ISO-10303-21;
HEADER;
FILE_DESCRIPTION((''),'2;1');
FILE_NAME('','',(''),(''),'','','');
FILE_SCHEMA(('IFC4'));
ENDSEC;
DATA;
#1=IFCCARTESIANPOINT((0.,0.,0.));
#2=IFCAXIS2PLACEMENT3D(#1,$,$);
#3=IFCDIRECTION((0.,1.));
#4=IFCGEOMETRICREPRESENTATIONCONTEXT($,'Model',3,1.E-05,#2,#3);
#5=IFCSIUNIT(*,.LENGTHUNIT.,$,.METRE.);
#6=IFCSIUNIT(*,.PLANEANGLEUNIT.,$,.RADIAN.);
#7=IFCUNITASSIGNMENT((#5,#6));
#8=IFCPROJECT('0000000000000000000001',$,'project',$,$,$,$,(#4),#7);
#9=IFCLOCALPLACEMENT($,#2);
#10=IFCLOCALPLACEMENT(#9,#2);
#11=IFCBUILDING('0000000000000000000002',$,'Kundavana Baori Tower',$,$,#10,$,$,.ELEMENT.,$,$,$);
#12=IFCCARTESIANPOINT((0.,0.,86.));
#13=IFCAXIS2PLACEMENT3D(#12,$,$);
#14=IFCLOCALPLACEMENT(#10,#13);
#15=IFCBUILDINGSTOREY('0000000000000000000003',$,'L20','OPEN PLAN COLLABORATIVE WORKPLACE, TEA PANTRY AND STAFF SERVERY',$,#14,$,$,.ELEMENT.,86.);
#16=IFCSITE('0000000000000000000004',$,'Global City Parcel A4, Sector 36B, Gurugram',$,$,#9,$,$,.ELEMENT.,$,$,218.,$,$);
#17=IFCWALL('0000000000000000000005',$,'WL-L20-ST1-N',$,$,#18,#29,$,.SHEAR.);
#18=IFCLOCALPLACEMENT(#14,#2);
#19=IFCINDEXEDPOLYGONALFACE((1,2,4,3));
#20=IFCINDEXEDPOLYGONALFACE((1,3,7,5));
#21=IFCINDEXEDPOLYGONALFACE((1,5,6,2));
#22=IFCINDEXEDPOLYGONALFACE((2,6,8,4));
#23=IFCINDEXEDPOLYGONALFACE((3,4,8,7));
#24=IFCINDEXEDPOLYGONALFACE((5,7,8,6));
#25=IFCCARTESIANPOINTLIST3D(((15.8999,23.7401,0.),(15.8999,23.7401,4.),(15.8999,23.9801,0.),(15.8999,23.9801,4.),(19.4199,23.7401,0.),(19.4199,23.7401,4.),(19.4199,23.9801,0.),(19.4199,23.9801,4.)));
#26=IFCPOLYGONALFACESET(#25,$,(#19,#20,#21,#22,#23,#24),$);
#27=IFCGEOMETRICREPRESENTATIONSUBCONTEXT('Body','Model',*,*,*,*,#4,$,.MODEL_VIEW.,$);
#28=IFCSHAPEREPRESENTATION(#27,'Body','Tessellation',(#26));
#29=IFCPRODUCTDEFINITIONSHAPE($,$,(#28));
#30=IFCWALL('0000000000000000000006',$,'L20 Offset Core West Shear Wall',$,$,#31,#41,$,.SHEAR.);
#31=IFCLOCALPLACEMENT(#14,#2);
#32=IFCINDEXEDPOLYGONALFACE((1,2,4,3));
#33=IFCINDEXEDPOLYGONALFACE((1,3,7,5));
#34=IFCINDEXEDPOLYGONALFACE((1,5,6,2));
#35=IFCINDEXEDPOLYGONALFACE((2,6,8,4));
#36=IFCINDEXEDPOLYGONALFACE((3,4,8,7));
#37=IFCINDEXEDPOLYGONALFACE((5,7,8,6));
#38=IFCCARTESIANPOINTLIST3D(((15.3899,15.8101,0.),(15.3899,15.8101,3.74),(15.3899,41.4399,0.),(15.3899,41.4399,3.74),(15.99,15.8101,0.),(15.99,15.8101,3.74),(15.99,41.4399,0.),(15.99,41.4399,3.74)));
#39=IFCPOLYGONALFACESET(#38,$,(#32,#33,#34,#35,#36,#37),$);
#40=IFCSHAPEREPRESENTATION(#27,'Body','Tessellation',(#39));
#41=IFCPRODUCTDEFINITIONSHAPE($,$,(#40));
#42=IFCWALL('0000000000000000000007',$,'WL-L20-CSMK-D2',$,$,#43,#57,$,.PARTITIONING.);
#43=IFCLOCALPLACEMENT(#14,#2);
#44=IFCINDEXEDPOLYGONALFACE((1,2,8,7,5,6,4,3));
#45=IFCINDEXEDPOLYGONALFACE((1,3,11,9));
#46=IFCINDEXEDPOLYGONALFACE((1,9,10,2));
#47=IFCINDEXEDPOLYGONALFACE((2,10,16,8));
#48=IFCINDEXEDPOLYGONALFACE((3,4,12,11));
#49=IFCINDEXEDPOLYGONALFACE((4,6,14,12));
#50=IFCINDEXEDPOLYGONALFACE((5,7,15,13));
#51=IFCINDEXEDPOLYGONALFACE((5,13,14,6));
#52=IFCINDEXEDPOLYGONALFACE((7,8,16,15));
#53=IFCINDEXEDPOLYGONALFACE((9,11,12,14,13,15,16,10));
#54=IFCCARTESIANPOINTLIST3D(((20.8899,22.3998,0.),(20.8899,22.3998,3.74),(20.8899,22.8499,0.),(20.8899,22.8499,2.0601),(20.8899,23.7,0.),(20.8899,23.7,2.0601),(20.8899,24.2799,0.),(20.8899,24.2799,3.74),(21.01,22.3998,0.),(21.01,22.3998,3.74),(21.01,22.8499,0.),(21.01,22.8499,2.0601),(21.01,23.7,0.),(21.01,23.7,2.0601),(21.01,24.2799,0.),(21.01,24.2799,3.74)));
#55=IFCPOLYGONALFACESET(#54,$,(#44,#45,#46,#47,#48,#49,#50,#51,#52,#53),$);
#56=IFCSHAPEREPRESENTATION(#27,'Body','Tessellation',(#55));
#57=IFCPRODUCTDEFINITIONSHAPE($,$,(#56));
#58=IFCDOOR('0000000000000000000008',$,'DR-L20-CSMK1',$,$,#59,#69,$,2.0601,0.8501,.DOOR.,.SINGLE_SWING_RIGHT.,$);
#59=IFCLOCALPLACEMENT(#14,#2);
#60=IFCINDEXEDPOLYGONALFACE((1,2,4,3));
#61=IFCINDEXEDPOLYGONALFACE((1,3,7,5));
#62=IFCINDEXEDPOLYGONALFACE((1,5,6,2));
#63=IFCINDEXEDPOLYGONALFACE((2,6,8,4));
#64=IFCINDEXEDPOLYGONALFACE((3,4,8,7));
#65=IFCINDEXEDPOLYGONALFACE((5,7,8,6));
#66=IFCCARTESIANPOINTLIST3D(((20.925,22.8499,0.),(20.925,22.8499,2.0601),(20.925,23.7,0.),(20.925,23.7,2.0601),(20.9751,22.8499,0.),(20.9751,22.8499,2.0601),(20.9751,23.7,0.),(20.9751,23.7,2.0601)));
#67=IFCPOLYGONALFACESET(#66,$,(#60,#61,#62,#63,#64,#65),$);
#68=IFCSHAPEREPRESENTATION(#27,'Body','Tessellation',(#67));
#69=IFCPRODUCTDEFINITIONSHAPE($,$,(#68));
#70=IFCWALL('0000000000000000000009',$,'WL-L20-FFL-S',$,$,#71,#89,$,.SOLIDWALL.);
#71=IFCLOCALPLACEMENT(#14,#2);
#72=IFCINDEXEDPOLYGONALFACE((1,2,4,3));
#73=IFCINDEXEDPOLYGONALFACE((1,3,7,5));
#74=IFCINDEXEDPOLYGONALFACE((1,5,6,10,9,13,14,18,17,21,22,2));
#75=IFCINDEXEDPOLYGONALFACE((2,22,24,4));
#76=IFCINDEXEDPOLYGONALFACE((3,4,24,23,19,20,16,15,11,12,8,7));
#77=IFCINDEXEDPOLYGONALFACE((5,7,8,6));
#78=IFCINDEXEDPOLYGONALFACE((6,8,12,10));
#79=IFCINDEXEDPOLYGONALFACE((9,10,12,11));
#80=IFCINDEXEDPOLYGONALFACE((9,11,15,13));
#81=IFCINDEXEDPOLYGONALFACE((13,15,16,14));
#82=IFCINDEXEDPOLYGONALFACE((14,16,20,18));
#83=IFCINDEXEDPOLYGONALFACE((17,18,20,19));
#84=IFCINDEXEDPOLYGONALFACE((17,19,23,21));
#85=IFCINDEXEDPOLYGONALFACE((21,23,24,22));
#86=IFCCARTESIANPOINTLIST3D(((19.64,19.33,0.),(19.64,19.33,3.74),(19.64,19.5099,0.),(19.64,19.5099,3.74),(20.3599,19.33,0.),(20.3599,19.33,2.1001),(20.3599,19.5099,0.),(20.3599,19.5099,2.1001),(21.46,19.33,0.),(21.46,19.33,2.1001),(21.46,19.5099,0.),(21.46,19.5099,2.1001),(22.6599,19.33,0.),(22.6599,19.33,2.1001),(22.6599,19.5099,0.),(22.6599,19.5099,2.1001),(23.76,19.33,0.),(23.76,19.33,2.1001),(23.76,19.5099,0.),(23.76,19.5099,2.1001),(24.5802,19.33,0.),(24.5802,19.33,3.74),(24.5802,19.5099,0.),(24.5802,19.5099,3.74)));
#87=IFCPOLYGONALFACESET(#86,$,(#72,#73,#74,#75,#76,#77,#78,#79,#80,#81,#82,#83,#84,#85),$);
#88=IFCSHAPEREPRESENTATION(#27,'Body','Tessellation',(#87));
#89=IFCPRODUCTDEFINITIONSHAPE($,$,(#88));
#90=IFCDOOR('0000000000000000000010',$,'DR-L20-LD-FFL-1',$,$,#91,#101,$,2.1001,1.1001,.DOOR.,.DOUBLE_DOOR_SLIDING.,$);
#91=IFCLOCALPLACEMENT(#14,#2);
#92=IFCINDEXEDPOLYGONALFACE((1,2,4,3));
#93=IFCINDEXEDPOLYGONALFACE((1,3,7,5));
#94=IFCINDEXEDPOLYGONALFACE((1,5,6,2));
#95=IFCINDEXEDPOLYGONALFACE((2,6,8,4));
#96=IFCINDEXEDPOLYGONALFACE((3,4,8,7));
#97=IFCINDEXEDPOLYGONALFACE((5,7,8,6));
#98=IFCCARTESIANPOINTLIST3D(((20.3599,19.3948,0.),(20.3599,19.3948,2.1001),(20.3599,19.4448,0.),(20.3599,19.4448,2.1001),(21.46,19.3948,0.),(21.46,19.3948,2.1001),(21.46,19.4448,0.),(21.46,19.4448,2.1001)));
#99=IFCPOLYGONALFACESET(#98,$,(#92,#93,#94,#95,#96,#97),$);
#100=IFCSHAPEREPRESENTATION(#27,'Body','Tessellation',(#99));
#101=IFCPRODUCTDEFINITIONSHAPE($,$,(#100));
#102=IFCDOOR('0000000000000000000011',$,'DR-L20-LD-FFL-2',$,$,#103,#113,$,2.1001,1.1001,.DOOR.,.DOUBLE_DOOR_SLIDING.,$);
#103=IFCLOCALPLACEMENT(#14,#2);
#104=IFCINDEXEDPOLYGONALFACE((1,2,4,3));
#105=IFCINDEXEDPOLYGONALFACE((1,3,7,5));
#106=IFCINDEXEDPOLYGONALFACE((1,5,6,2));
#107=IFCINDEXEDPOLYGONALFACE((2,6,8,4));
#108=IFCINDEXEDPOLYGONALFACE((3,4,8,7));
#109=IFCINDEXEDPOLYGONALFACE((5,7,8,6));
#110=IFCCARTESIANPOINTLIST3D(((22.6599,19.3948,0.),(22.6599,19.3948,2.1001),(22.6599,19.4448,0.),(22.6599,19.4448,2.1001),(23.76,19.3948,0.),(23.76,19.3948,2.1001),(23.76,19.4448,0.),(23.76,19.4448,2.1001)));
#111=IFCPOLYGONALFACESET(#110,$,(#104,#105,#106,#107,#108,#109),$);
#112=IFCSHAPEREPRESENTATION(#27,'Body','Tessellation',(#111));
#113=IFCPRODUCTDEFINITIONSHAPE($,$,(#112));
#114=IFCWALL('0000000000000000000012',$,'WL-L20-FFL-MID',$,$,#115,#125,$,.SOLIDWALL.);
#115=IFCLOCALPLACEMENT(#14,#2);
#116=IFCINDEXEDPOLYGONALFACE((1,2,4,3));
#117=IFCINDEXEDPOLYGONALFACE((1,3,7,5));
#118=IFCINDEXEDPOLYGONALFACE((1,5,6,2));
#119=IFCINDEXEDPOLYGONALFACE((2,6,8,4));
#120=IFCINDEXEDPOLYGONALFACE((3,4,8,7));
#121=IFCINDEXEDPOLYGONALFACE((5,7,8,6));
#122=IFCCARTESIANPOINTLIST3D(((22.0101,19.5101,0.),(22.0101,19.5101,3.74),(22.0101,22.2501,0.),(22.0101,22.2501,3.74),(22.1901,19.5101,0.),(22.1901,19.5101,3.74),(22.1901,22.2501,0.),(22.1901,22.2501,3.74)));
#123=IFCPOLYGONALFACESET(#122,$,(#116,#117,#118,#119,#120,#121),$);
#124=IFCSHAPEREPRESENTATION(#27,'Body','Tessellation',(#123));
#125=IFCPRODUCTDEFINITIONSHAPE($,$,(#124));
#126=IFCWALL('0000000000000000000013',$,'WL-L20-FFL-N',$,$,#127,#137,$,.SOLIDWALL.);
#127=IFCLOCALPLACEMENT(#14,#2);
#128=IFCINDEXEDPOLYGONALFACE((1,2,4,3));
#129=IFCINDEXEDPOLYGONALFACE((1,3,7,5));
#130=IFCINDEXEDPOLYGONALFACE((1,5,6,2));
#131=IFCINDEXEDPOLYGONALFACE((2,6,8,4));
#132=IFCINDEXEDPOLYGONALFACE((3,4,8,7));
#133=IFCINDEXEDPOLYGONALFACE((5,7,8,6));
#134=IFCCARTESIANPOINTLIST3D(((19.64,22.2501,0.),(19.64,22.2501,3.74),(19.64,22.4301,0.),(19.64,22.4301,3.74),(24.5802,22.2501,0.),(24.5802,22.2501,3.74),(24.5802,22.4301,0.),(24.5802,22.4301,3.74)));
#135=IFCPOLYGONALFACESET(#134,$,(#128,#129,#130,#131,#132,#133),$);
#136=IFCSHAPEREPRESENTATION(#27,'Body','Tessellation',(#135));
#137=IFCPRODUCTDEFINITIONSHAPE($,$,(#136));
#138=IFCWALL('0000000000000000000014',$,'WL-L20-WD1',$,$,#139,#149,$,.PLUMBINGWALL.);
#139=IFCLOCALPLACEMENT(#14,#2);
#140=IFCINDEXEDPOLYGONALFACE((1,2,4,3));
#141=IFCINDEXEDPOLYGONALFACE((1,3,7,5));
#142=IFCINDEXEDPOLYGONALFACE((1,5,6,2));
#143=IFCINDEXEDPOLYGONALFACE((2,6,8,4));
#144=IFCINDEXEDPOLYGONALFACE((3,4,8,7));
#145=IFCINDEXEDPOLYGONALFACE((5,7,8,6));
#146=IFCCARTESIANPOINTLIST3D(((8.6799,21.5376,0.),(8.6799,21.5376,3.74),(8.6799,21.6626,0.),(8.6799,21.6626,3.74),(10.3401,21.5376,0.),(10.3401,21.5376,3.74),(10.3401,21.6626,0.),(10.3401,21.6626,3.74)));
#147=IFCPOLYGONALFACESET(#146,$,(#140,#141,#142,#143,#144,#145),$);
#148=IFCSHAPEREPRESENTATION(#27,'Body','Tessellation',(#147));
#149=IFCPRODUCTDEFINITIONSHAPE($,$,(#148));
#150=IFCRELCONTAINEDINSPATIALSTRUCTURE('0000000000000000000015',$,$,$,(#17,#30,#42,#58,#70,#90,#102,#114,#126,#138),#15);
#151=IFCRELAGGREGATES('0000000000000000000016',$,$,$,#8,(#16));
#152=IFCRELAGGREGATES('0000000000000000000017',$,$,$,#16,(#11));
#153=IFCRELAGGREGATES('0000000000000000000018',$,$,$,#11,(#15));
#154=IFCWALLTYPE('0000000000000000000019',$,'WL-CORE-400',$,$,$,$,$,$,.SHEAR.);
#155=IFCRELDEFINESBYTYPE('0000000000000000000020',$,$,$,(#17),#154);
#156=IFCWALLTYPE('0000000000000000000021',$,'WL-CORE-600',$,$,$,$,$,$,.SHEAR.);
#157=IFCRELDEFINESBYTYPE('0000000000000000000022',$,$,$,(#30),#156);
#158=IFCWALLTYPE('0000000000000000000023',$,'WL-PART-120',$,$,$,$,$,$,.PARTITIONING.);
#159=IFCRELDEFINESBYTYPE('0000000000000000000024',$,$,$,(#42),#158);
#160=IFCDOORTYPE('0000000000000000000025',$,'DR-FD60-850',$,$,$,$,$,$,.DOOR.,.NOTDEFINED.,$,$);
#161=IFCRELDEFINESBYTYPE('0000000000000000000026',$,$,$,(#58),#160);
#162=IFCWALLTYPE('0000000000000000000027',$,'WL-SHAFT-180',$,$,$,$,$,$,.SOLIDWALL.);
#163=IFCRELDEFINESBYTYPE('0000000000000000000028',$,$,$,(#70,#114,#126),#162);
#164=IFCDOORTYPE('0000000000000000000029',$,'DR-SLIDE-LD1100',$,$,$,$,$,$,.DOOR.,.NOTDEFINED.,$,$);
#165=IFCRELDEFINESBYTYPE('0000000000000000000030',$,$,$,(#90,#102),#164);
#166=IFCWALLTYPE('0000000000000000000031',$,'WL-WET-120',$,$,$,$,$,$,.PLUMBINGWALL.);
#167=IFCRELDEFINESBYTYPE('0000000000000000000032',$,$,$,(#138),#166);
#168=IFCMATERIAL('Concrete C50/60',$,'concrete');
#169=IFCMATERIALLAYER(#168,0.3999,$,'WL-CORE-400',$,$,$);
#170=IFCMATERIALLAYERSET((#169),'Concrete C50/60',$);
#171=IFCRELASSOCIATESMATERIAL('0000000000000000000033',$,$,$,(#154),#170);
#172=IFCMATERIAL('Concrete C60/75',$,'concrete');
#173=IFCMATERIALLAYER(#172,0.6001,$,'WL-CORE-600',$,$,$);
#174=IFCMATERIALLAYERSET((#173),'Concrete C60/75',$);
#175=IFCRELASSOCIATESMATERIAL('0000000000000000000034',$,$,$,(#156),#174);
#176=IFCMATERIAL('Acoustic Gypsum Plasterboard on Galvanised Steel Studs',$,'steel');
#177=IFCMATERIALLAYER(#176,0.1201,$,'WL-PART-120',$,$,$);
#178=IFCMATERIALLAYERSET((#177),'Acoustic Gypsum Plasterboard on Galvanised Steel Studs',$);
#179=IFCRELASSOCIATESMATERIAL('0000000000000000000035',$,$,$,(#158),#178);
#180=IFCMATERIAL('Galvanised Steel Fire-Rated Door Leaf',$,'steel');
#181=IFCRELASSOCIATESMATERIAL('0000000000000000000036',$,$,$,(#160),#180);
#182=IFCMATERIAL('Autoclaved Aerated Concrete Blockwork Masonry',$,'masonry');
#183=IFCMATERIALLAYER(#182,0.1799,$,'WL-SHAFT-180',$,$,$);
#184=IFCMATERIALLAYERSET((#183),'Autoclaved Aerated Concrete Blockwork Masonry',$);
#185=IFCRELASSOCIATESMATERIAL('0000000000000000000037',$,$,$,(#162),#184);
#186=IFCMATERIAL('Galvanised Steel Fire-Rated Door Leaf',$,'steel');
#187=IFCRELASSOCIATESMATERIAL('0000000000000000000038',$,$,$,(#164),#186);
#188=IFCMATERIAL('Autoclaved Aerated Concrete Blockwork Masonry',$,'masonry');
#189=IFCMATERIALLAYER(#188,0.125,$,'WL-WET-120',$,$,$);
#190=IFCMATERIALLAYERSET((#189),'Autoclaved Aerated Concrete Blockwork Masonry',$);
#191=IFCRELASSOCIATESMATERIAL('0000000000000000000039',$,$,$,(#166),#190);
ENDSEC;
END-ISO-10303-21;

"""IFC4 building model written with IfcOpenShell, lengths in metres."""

from ifc_helpers import new_model, si_unit, direction, frame, frame_2d, origin, place, context, subcontext, project, spatial, rectangle, extrude, material, layer, layer_set, type_object, element, fill, save


model = new_model("IFC4")

# Units and contexts
model_context = context("Model", 3, precision=1e-05, world=origin(), true_north=direction((0.0, 1.0)))
body_context = subcontext(model_context, "Body", "Model", "MODEL_VIEW")
ifc_project = project(units=[si_unit("LENGTHUNIT", "METRE"), si_unit("PLANEANGLEUNIT", "RADIAN")], contexts=[model_context])

# Site, building, storey
site_placement = place(None, origin())
site = spatial("IfcSite", under=ifc_project, at=site_placement, Name="Global City Parcel A4, Sector 36B, Gurugram", CompositionType="ELEMENT", RefElevation=218.0)
building_placement = place(site_placement, origin())
building = spatial("IfcBuilding", under=site, at=building_placement, Name="Kundavana Baori Tower", CompositionType="ELEMENT")
storey_placement = place(building_placement, frame((0.0, 0.0, 86.0)))
storey = spatial("IfcBuildingStorey", under=building, at=storey_placement, Name="L20", Description="OPEN PLAN COLLABORATIVE WORKPLACE, TEA PANTRY AND STAFF SERVERY", CompositionType="ELEMENT", Elevation=86.0)

# Walls
ifc_material_1 = material(Name="Concrete C50/60", Category="concrete")
ifc_layer_1 = layer(ifc_material_1, 0.3999, Name="WL-CORE-400")
ifc_layer_set_1 = layer_set([ifc_layer_1], Name="Concrete C50/60")
wall_type_1 = type_object("IfcWallType", Name="WL-CORE-400", PredefinedType="SHEAR", material=ifc_layer_set_1)
wall_1_placement = place(storey_placement, frame((15.8999, 23.8601, 0.0), z_axis=(0.0, 0.0, 1.0), x_axis=(1.0, 0.0, 0.0)))
element("IfcWall", 1, at=wall_1_placement, inside=storey, type_object=wall_type_1, Name="WL-L20-ST1-N", PredefinedType="SHEAR", context=body_context, shape_type="SweptSolid", body=[
    extrude(rectangle(XDim=3.52, YDim=0.24, at=frame_2d((1.76, 0.0))), origin(), (0.0, 0.0, 1.0), 4.0),
])
ifc_material_2 = material(Name="Concrete C60/75", Category="concrete")
ifc_layer_2 = layer(ifc_material_2, 0.6001, Name="WL-CORE-600")
ifc_layer_set_2 = layer_set([ifc_layer_2], Name="Concrete C60/75")
wall_type_2 = type_object("IfcWallType", Name="WL-CORE-600", PredefinedType="SHEAR", material=ifc_layer_set_2)
wall_2_placement = place(storey_placement, frame((15.6899, 15.8101, 0.0), z_axis=(0.0, 0.0, 1.0), x_axis=(0.0, 1.0, 0.0)))
element("IfcWall", 2, at=wall_2_placement, inside=storey, type_object=wall_type_2, Name="L20 Offset Core West Shear Wall", PredefinedType="SHEAR", context=body_context, shape_type="SweptSolid", body=[
    extrude(rectangle(XDim=25.6299, YDim=0.6001, at=frame_2d((12.8149, 0.0))), origin(), (0.0, 0.0, 1.0), 3.74),
])

# Wall, opening, door
ifc_material_3 = material(Name="Acoustic Gypsum Plasterboard on Galvanised Steel Studs", Category="steel")
ifc_layer_3 = layer(ifc_material_3, 0.1201, Name="WL-PART-120")
ifc_layer_set_3 = layer_set([ifc_layer_3], Name="Acoustic Gypsum Plasterboard on Galvanised Steel Studs")
wall_type_3 = type_object("IfcWallType", Name="WL-PART-120", PredefinedType="PARTITIONING", material=ifc_layer_set_3)
wall_3_placement = place(storey_placement, frame((20.95, 22.3999, 0.0), z_axis=(0.0, 0.0, 1.0), x_axis=(0.0, 1.0, 0.0)))
wall_3 = element("IfcWall", 3, at=wall_3_placement, inside=storey, type_object=wall_type_3, Name="WL-L20-CSMK-D2", PredefinedType="PARTITIONING", context=body_context, shape_type="SweptSolid", body=[
    extrude(rectangle(XDim=1.8801, YDim=0.1201, at=frame_2d((0.9399, 0.0))), origin(), (0.0, 0.0, 1.0), 3.74),
])
opening_1_placement = place(wall_3_placement, frame((0.45, 0.0, 0.0)))
opening_1 = element("IfcOpeningElement", 4, at=opening_1_placement, cuts=wall_3, PredefinedType="OPENING", context=body_context, shape_type="SweptSolid", body=[
    extrude(rectangle(XDim=0.8501, YDim=2.0601, at=frame_2d((0.425, 1.03))), frame((0.0, 0.0701, 0.0), z_axis=(0.0, -1.0, 0.0), x_axis=(1.0, 0.0, 0.0)), (0.0, 0.0, 1.0), 0.1401),
])
ifc_material_4 = material(Name="Galvanised Steel Fire-Rated Door Leaf", Category="steel")
door_type_1 = type_object("IfcDoorType", Name="DR-FD60-850", OperationType="NOTDEFINED", PredefinedType="DOOR", material=ifc_material_4)
door_1_placement = place(opening_1_placement, origin())
door_1 = element("IfcDoor", 5, at=door_1_placement, inside=storey, type_object=door_type_1, Name="DR-L20-CSMK1", OperationType="SINGLE_SWING_RIGHT", OverallHeight=2.0601, OverallWidth=0.8501, PredefinedType="DOOR", context=body_context, shape_type="SweptSolid", body=[
    extrude(rectangle(XDim=0.8501, YDim=2.0601, at=frame_2d((0.425, 1.03))), frame((0.0, 0.0249, 0.0), z_axis=(0.0, -1.0, 0.0), x_axis=(1.0, 0.0, 0.0)), (0.0, 0.0, 1.0), 0.05),
])
fill(opening_1, door_1)

# Wall, openings, doors
ifc_material_5 = material(Name="Autoclaved Aerated Concrete Blockwork Masonry", Category="masonry")
ifc_layer_4 = layer(ifc_material_5, 0.1799, Name="WL-SHAFT-180")
ifc_layer_set_4 = layer_set([ifc_layer_4], Name="Autoclaved Aerated Concrete Blockwork Masonry")
wall_type_4 = type_object("IfcWallType", Name="WL-SHAFT-180", PredefinedType="SOLIDWALL", material=ifc_layer_set_4)
wall_4_placement = place(storey_placement, frame((19.6399, 19.4199, 0.0), z_axis=(0.0, 0.0, 1.0), x_axis=(1.0, 0.0, 0.0)))
wall_4 = element("IfcWall", 6, at=wall_4_placement, inside=storey, type_object=wall_type_4, Name="WL-L20-FFL-S", PredefinedType="SOLIDWALL", context=body_context, shape_type="SweptSolid", body=[
    extrude(rectangle(XDim=4.9402, YDim=0.1799, at=frame_2d((2.4702, 0.0))), origin(), (0.0, 0.0, 1.0), 3.74),
])
opening_2_placement = place(wall_4_placement, frame((0.72, 0.0, 0.0)))
opening_2 = element("IfcOpeningElement", 7, at=opening_2_placement, cuts=wall_4, PredefinedType="OPENING", context=body_context, shape_type="SweptSolid", body=[
    extrude(rectangle(XDim=1.1001, YDim=2.1001, at=frame_2d((0.55, 1.05))), frame((0.0, 0.1001, 0.0), z_axis=(0.0, -1.0, 0.0), x_axis=(1.0, 0.0, 0.0)), (0.0, 0.0, 1.0), 0.2),
])
opening_3_placement = place(wall_4_placement, frame((3.02, 0.0, 0.0)))
opening_3 = element("IfcOpeningElement", 8, at=opening_3_placement, cuts=wall_4, PredefinedType="OPENING", context=body_context, shape_type="SweptSolid", body=[
    extrude(rectangle(XDim=1.1001, YDim=2.1001, at=frame_2d((0.55, 1.05))), frame((0.0, 0.1001, 0.0), z_axis=(0.0, -1.0, 0.0), x_axis=(1.0, 0.0, 0.0)), (0.0, 0.0, 1.0), 0.2),
])
ifc_material_6 = material(Name="Galvanised Steel Fire-Rated Door Leaf", Category="steel")
door_type_2 = type_object("IfcDoorType", Name="DR-SLIDE-LD1100", OperationType="NOTDEFINED", PredefinedType="DOOR", material=ifc_material_6)
door_2_placement = place(opening_2_placement, origin())
door_2 = element("IfcDoor", 9, at=door_2_placement, inside=storey, type_object=door_type_2, Name="DR-L20-LD-FFL-1", OperationType="DOUBLE_DOOR_SLIDING", OverallHeight=2.1001, OverallWidth=1.1001, PredefinedType="DOOR", context=body_context, shape_type="SweptSolid", body=[
    extrude(rectangle(XDim=1.1001, YDim=2.1001, at=frame_2d((0.55, 1.05))), frame((0.0, 0.0249, 0.0), z_axis=(0.0, -1.0, 0.0), x_axis=(1.0, 0.0, 0.0)), (0.0, 0.0, 1.0), 0.05),
])
fill(opening_2, door_2)
door_3_placement = place(opening_3_placement, origin())
door_3 = element("IfcDoor", 10, at=door_3_placement, inside=storey, type_object=door_type_2, Name="DR-L20-LD-FFL-2", OperationType="DOUBLE_DOOR_SLIDING", OverallHeight=2.1001, OverallWidth=1.1001, PredefinedType="DOOR", context=body_context, shape_type="SweptSolid", body=[
    extrude(rectangle(XDim=1.1001, YDim=2.1001, at=frame_2d((0.55, 1.05))), frame((0.0, 0.0249, 0.0), z_axis=(0.0, -1.0, 0.0), x_axis=(1.0, 0.0, 0.0)), (0.0, 0.0, 1.0), 0.05),
])
fill(opening_3, door_3)

# Walls
wall_5_placement = place(storey_placement, frame((22.1001, 19.51, 0.0), z_axis=(0.0, 0.0, 1.0), x_axis=(0.0, 1.0, 0.0)))
element("IfcWall", 11, at=wall_5_placement, inside=storey, type_object=wall_type_4, Name="WL-L20-FFL-MID", PredefinedType="SOLIDWALL", context=body_context, shape_type="SweptSolid", body=[
    extrude(rectangle(XDim=2.74, YDim=0.1799, at=frame_2d((1.3701, 0.0))), origin(), (0.0, 0.0, 1.0), 3.74),
])
wall_6_placement = place(storey_placement, frame((19.6399, 22.3401, 0.0), z_axis=(0.0, 0.0, 1.0), x_axis=(1.0, 0.0, 0.0)))
element("IfcWall", 12, at=wall_6_placement, inside=storey, type_object=wall_type_4, Name="WL-L20-FFL-N", PredefinedType="SOLIDWALL", context=body_context, shape_type="SweptSolid", body=[
    extrude(rectangle(XDim=4.9402, YDim=0.1799, at=frame_2d((2.4702, 0.0))), origin(), (0.0, 0.0, 1.0), 3.74),
])
ifc_material_7 = material(Name="Autoclaved Aerated Concrete Blockwork Masonry", Category="masonry")
ifc_layer_5 = layer(ifc_material_7, 0.125, Name="WL-WET-120")
ifc_layer_set_5 = layer_set([ifc_layer_5], Name="Autoclaved Aerated Concrete Blockwork Masonry")
wall_type_5 = type_object("IfcWallType", Name="WL-WET-120", PredefinedType="PLUMBINGWALL", material=ifc_layer_set_5)
wall_7_placement = place(storey_placement, frame((8.6799, 21.6001, 0.0), z_axis=(0.0, 0.0, 1.0), x_axis=(1.0, 0.0, 0.0)))
element("IfcWall", 13, at=wall_7_placement, inside=storey, type_object=wall_type_5, Name="WL-L20-WD1", PredefinedType="PLUMBINGWALL", context=body_context, shape_type="SweptSolid", body=[
    extrude(rectangle(XDim=1.6602, YDim=0.125, at=frame_2d((0.8301, 0.0))), origin(), (0.0, 0.0, 1.0), 3.74),
])

save(model, "model.ifc")
